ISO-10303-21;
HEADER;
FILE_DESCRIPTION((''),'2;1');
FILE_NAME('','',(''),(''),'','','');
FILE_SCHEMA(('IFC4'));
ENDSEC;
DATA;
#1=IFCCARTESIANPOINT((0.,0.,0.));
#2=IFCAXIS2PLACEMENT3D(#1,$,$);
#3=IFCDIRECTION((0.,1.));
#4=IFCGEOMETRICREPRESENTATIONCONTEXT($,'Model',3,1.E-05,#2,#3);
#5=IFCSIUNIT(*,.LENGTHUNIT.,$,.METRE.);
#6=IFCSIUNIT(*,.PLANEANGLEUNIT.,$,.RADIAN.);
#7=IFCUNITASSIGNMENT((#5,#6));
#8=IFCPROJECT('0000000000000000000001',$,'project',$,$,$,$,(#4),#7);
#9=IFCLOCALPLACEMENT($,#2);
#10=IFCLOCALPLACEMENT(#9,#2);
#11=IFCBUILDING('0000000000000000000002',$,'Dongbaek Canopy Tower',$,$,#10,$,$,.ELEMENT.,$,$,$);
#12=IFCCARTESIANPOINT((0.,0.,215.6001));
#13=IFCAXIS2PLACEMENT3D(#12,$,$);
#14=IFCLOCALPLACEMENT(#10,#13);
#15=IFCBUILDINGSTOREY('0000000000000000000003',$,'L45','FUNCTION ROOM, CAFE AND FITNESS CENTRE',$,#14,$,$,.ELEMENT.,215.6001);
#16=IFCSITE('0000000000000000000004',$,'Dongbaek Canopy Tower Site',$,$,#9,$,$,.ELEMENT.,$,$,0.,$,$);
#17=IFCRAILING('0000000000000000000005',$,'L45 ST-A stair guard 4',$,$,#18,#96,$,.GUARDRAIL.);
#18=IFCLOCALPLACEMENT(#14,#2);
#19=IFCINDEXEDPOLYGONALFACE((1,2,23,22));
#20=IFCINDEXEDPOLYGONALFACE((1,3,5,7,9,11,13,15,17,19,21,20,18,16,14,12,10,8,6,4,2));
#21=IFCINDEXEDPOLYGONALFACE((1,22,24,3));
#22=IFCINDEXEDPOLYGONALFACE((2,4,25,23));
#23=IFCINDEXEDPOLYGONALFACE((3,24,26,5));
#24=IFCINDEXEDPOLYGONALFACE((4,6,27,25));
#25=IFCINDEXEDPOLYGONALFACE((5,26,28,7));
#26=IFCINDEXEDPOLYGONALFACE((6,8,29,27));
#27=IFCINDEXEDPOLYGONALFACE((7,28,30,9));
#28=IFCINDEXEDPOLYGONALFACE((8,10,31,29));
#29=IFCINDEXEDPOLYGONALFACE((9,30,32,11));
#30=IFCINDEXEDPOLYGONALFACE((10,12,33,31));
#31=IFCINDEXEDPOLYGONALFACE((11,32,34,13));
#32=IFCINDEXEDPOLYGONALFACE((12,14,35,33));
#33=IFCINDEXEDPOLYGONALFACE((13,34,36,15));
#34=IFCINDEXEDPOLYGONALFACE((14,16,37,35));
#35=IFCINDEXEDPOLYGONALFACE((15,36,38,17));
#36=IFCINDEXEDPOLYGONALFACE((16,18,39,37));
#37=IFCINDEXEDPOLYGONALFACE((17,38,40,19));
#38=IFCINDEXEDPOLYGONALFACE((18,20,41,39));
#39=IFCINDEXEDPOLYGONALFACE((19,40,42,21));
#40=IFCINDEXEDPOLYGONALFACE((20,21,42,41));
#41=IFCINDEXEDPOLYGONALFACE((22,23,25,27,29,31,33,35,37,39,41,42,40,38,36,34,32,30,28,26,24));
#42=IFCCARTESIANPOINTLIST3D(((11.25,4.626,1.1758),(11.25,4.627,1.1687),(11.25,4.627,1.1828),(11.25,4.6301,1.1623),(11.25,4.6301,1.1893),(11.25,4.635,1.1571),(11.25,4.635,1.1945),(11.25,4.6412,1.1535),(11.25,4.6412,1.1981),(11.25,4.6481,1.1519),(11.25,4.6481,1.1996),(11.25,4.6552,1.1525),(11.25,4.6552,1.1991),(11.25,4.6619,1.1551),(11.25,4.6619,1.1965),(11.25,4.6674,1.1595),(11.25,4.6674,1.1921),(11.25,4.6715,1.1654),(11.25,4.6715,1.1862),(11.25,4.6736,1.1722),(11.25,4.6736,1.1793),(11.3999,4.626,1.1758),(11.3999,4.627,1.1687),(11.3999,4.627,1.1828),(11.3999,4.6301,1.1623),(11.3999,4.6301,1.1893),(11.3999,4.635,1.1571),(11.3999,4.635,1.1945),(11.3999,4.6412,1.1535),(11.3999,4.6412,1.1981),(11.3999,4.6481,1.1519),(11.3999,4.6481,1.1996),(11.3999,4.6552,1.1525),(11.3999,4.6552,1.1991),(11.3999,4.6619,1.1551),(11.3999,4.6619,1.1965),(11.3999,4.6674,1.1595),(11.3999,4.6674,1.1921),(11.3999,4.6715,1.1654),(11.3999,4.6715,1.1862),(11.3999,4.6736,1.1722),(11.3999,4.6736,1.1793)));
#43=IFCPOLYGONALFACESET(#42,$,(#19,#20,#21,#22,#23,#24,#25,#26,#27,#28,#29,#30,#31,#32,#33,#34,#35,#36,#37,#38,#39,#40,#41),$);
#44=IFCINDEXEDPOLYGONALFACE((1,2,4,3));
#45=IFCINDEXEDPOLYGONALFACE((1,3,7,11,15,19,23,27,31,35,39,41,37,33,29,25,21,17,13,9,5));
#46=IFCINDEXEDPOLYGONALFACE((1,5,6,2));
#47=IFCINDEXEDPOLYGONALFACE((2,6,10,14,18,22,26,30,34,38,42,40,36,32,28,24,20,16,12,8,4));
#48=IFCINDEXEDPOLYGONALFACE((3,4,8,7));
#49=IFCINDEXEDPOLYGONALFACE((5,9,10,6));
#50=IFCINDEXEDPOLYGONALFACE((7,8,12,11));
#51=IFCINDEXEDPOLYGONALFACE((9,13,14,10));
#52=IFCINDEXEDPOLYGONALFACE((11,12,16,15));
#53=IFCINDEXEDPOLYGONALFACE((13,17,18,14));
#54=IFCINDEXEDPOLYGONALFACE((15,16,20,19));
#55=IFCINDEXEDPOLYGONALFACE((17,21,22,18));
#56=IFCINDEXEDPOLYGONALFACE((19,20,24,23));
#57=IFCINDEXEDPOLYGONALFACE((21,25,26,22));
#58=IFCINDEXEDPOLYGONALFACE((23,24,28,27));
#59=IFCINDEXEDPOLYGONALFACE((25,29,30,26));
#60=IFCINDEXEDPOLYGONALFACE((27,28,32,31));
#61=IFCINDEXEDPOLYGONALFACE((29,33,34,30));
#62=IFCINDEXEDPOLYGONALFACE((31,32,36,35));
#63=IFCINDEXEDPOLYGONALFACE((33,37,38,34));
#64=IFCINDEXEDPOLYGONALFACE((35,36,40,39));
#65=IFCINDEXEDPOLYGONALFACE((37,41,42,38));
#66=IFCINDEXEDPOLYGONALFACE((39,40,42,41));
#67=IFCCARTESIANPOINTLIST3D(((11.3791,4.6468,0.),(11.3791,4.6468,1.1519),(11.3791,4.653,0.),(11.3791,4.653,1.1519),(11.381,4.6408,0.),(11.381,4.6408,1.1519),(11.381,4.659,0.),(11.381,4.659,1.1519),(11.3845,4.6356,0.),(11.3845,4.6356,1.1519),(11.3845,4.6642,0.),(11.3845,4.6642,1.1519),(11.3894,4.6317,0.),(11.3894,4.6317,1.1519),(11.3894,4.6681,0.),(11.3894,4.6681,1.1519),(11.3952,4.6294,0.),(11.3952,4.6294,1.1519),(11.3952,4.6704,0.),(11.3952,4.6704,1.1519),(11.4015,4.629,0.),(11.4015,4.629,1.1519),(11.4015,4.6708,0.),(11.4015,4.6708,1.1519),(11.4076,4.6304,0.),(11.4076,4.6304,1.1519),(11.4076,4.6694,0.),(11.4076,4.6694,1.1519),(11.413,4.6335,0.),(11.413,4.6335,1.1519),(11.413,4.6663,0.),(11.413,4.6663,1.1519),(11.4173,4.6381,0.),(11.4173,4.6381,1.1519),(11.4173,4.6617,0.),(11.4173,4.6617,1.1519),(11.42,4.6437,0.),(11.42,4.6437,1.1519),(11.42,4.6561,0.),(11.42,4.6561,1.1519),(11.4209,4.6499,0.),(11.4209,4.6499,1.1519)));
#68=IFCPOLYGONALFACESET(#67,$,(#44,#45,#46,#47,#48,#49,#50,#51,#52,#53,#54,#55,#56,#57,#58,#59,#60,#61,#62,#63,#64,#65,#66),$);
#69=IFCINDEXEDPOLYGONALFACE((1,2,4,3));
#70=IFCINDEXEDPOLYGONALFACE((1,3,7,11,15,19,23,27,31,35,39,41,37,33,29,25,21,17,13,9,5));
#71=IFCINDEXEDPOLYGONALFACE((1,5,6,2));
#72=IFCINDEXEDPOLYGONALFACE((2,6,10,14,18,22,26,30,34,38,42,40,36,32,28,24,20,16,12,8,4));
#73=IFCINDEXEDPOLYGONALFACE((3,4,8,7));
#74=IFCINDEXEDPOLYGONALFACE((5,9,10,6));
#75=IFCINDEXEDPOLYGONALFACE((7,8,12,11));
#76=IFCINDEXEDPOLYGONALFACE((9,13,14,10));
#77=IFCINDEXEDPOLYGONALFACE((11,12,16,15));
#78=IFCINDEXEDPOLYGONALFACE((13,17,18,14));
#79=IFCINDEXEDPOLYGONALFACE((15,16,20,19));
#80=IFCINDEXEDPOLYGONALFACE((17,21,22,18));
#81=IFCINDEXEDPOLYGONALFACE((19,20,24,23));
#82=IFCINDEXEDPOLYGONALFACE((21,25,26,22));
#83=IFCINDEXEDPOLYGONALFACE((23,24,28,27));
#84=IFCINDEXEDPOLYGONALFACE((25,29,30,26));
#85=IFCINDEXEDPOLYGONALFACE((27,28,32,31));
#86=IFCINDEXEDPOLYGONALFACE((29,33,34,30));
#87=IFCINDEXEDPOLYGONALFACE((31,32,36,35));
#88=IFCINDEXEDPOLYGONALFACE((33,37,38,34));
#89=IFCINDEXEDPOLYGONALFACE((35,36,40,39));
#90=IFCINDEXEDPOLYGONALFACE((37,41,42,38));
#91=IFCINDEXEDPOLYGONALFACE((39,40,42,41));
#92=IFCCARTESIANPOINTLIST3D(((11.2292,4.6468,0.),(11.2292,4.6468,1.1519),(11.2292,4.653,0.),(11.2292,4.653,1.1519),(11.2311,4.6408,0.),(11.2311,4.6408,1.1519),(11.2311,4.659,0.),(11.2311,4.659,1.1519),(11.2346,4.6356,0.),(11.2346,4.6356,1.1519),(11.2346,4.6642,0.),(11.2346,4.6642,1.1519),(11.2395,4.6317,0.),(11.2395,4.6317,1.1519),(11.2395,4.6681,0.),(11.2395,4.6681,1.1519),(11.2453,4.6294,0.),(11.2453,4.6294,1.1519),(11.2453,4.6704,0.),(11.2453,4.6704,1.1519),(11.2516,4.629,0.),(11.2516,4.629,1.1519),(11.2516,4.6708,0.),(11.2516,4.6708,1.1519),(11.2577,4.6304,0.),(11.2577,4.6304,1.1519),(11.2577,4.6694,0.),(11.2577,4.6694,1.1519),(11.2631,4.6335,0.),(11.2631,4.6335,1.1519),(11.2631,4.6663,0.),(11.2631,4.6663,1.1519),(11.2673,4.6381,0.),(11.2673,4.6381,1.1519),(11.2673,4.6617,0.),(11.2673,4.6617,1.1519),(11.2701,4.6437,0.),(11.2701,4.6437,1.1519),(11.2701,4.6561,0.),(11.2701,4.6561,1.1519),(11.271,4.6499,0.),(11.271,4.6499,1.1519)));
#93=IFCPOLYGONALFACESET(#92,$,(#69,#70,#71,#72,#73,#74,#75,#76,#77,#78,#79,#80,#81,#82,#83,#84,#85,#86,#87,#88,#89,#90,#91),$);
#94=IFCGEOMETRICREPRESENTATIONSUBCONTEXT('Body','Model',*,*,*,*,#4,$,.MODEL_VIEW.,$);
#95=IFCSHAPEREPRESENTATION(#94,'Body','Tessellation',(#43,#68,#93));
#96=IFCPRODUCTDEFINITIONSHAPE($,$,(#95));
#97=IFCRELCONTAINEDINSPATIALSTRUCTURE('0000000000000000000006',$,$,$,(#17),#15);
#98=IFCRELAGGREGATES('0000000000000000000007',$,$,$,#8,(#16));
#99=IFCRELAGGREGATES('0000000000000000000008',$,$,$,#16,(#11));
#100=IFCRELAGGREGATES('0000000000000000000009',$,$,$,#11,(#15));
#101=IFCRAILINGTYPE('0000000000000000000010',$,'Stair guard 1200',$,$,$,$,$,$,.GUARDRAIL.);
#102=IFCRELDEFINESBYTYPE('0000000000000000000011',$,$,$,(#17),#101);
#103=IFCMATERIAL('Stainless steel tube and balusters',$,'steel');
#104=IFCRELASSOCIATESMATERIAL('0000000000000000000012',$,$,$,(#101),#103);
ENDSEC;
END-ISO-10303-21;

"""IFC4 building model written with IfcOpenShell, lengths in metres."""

from ifc_helpers import new_model, si_unit, direction, frame, origin, origin_2d, place, context, subcontext, project, spatial, circle, extrude, material, type_object, element, save


model = new_model("IFC4")

# Units and contexts
model_context = context("Model", 3, precision=1e-05, world=origin(), true_north=direction((0.0, 1.0)))
body_context = subcontext(model_context, "Body", "Model", "MODEL_VIEW")
ifc_project = project(units=[si_unit("LENGTHUNIT", "METRE"), si_unit("PLANEANGLEUNIT", "RADIAN")], contexts=[model_context])

# Site, building, storey
site_placement = place(None, origin())
site = spatial("IfcSite", under=ifc_project, at=site_placement, Name="Dongbaek Canopy Tower Site", CompositionType="ELEMENT", RefElevation=0.0)
building_placement = place(site_placement, origin())
building = spatial("IfcBuilding", under=site, at=building_placement, Name="Dongbaek Canopy Tower", CompositionType="ELEMENT")
storey_placement = place(building_placement, frame((0.0, 0.0, 215.6001)))
storey = spatial("IfcBuildingStorey", under=building, at=storey_placement, Name="L45", Description="FUNCTION ROOM, CAFE AND FITNESS CENTRE", CompositionType="ELEMENT", Elevation=215.6001)

# Railing
ifc_material_1 = material(Name="Stainless steel tube and balusters", Category="steel")
railing_type_1 = type_object("IfcRailingType", Name="Stair guard 1200", PredefinedType="GUARDRAIL", material=ifc_material_1)
railing_1_placement = place(storey_placement, frame((11.3999, 4.6499, 0.0)))
element("IfcRailing", 1, at=railing_1_placement, inside=storey, type_object=railing_type_1, Name="L45 ST-A stair guard 4", PredefinedType="GUARDRAIL", context=body_context, shape_type="SweptSolid", body=[
    extrude(circle(Radius=0.0239, at=origin_2d()), frame((0.0, 0.0, 1.1758), z_axis=(-1.0, 0.0, 0.0), x_axis=(0.0, -1.0, 0.0)), (0.0, 0.0, 1.0), 0.1499),
    extrude(circle(Radius=0.021, at=origin_2d()), origin(), (0.0, 0.0, 1.0), 1.1519),
    extrude(circle(Radius=0.021, at=origin_2d()), frame((-0.1499, 0.0, 0.0)), (0.0, 0.0, 1.0), 1.1519),
])

save(model, "model.ifc")
